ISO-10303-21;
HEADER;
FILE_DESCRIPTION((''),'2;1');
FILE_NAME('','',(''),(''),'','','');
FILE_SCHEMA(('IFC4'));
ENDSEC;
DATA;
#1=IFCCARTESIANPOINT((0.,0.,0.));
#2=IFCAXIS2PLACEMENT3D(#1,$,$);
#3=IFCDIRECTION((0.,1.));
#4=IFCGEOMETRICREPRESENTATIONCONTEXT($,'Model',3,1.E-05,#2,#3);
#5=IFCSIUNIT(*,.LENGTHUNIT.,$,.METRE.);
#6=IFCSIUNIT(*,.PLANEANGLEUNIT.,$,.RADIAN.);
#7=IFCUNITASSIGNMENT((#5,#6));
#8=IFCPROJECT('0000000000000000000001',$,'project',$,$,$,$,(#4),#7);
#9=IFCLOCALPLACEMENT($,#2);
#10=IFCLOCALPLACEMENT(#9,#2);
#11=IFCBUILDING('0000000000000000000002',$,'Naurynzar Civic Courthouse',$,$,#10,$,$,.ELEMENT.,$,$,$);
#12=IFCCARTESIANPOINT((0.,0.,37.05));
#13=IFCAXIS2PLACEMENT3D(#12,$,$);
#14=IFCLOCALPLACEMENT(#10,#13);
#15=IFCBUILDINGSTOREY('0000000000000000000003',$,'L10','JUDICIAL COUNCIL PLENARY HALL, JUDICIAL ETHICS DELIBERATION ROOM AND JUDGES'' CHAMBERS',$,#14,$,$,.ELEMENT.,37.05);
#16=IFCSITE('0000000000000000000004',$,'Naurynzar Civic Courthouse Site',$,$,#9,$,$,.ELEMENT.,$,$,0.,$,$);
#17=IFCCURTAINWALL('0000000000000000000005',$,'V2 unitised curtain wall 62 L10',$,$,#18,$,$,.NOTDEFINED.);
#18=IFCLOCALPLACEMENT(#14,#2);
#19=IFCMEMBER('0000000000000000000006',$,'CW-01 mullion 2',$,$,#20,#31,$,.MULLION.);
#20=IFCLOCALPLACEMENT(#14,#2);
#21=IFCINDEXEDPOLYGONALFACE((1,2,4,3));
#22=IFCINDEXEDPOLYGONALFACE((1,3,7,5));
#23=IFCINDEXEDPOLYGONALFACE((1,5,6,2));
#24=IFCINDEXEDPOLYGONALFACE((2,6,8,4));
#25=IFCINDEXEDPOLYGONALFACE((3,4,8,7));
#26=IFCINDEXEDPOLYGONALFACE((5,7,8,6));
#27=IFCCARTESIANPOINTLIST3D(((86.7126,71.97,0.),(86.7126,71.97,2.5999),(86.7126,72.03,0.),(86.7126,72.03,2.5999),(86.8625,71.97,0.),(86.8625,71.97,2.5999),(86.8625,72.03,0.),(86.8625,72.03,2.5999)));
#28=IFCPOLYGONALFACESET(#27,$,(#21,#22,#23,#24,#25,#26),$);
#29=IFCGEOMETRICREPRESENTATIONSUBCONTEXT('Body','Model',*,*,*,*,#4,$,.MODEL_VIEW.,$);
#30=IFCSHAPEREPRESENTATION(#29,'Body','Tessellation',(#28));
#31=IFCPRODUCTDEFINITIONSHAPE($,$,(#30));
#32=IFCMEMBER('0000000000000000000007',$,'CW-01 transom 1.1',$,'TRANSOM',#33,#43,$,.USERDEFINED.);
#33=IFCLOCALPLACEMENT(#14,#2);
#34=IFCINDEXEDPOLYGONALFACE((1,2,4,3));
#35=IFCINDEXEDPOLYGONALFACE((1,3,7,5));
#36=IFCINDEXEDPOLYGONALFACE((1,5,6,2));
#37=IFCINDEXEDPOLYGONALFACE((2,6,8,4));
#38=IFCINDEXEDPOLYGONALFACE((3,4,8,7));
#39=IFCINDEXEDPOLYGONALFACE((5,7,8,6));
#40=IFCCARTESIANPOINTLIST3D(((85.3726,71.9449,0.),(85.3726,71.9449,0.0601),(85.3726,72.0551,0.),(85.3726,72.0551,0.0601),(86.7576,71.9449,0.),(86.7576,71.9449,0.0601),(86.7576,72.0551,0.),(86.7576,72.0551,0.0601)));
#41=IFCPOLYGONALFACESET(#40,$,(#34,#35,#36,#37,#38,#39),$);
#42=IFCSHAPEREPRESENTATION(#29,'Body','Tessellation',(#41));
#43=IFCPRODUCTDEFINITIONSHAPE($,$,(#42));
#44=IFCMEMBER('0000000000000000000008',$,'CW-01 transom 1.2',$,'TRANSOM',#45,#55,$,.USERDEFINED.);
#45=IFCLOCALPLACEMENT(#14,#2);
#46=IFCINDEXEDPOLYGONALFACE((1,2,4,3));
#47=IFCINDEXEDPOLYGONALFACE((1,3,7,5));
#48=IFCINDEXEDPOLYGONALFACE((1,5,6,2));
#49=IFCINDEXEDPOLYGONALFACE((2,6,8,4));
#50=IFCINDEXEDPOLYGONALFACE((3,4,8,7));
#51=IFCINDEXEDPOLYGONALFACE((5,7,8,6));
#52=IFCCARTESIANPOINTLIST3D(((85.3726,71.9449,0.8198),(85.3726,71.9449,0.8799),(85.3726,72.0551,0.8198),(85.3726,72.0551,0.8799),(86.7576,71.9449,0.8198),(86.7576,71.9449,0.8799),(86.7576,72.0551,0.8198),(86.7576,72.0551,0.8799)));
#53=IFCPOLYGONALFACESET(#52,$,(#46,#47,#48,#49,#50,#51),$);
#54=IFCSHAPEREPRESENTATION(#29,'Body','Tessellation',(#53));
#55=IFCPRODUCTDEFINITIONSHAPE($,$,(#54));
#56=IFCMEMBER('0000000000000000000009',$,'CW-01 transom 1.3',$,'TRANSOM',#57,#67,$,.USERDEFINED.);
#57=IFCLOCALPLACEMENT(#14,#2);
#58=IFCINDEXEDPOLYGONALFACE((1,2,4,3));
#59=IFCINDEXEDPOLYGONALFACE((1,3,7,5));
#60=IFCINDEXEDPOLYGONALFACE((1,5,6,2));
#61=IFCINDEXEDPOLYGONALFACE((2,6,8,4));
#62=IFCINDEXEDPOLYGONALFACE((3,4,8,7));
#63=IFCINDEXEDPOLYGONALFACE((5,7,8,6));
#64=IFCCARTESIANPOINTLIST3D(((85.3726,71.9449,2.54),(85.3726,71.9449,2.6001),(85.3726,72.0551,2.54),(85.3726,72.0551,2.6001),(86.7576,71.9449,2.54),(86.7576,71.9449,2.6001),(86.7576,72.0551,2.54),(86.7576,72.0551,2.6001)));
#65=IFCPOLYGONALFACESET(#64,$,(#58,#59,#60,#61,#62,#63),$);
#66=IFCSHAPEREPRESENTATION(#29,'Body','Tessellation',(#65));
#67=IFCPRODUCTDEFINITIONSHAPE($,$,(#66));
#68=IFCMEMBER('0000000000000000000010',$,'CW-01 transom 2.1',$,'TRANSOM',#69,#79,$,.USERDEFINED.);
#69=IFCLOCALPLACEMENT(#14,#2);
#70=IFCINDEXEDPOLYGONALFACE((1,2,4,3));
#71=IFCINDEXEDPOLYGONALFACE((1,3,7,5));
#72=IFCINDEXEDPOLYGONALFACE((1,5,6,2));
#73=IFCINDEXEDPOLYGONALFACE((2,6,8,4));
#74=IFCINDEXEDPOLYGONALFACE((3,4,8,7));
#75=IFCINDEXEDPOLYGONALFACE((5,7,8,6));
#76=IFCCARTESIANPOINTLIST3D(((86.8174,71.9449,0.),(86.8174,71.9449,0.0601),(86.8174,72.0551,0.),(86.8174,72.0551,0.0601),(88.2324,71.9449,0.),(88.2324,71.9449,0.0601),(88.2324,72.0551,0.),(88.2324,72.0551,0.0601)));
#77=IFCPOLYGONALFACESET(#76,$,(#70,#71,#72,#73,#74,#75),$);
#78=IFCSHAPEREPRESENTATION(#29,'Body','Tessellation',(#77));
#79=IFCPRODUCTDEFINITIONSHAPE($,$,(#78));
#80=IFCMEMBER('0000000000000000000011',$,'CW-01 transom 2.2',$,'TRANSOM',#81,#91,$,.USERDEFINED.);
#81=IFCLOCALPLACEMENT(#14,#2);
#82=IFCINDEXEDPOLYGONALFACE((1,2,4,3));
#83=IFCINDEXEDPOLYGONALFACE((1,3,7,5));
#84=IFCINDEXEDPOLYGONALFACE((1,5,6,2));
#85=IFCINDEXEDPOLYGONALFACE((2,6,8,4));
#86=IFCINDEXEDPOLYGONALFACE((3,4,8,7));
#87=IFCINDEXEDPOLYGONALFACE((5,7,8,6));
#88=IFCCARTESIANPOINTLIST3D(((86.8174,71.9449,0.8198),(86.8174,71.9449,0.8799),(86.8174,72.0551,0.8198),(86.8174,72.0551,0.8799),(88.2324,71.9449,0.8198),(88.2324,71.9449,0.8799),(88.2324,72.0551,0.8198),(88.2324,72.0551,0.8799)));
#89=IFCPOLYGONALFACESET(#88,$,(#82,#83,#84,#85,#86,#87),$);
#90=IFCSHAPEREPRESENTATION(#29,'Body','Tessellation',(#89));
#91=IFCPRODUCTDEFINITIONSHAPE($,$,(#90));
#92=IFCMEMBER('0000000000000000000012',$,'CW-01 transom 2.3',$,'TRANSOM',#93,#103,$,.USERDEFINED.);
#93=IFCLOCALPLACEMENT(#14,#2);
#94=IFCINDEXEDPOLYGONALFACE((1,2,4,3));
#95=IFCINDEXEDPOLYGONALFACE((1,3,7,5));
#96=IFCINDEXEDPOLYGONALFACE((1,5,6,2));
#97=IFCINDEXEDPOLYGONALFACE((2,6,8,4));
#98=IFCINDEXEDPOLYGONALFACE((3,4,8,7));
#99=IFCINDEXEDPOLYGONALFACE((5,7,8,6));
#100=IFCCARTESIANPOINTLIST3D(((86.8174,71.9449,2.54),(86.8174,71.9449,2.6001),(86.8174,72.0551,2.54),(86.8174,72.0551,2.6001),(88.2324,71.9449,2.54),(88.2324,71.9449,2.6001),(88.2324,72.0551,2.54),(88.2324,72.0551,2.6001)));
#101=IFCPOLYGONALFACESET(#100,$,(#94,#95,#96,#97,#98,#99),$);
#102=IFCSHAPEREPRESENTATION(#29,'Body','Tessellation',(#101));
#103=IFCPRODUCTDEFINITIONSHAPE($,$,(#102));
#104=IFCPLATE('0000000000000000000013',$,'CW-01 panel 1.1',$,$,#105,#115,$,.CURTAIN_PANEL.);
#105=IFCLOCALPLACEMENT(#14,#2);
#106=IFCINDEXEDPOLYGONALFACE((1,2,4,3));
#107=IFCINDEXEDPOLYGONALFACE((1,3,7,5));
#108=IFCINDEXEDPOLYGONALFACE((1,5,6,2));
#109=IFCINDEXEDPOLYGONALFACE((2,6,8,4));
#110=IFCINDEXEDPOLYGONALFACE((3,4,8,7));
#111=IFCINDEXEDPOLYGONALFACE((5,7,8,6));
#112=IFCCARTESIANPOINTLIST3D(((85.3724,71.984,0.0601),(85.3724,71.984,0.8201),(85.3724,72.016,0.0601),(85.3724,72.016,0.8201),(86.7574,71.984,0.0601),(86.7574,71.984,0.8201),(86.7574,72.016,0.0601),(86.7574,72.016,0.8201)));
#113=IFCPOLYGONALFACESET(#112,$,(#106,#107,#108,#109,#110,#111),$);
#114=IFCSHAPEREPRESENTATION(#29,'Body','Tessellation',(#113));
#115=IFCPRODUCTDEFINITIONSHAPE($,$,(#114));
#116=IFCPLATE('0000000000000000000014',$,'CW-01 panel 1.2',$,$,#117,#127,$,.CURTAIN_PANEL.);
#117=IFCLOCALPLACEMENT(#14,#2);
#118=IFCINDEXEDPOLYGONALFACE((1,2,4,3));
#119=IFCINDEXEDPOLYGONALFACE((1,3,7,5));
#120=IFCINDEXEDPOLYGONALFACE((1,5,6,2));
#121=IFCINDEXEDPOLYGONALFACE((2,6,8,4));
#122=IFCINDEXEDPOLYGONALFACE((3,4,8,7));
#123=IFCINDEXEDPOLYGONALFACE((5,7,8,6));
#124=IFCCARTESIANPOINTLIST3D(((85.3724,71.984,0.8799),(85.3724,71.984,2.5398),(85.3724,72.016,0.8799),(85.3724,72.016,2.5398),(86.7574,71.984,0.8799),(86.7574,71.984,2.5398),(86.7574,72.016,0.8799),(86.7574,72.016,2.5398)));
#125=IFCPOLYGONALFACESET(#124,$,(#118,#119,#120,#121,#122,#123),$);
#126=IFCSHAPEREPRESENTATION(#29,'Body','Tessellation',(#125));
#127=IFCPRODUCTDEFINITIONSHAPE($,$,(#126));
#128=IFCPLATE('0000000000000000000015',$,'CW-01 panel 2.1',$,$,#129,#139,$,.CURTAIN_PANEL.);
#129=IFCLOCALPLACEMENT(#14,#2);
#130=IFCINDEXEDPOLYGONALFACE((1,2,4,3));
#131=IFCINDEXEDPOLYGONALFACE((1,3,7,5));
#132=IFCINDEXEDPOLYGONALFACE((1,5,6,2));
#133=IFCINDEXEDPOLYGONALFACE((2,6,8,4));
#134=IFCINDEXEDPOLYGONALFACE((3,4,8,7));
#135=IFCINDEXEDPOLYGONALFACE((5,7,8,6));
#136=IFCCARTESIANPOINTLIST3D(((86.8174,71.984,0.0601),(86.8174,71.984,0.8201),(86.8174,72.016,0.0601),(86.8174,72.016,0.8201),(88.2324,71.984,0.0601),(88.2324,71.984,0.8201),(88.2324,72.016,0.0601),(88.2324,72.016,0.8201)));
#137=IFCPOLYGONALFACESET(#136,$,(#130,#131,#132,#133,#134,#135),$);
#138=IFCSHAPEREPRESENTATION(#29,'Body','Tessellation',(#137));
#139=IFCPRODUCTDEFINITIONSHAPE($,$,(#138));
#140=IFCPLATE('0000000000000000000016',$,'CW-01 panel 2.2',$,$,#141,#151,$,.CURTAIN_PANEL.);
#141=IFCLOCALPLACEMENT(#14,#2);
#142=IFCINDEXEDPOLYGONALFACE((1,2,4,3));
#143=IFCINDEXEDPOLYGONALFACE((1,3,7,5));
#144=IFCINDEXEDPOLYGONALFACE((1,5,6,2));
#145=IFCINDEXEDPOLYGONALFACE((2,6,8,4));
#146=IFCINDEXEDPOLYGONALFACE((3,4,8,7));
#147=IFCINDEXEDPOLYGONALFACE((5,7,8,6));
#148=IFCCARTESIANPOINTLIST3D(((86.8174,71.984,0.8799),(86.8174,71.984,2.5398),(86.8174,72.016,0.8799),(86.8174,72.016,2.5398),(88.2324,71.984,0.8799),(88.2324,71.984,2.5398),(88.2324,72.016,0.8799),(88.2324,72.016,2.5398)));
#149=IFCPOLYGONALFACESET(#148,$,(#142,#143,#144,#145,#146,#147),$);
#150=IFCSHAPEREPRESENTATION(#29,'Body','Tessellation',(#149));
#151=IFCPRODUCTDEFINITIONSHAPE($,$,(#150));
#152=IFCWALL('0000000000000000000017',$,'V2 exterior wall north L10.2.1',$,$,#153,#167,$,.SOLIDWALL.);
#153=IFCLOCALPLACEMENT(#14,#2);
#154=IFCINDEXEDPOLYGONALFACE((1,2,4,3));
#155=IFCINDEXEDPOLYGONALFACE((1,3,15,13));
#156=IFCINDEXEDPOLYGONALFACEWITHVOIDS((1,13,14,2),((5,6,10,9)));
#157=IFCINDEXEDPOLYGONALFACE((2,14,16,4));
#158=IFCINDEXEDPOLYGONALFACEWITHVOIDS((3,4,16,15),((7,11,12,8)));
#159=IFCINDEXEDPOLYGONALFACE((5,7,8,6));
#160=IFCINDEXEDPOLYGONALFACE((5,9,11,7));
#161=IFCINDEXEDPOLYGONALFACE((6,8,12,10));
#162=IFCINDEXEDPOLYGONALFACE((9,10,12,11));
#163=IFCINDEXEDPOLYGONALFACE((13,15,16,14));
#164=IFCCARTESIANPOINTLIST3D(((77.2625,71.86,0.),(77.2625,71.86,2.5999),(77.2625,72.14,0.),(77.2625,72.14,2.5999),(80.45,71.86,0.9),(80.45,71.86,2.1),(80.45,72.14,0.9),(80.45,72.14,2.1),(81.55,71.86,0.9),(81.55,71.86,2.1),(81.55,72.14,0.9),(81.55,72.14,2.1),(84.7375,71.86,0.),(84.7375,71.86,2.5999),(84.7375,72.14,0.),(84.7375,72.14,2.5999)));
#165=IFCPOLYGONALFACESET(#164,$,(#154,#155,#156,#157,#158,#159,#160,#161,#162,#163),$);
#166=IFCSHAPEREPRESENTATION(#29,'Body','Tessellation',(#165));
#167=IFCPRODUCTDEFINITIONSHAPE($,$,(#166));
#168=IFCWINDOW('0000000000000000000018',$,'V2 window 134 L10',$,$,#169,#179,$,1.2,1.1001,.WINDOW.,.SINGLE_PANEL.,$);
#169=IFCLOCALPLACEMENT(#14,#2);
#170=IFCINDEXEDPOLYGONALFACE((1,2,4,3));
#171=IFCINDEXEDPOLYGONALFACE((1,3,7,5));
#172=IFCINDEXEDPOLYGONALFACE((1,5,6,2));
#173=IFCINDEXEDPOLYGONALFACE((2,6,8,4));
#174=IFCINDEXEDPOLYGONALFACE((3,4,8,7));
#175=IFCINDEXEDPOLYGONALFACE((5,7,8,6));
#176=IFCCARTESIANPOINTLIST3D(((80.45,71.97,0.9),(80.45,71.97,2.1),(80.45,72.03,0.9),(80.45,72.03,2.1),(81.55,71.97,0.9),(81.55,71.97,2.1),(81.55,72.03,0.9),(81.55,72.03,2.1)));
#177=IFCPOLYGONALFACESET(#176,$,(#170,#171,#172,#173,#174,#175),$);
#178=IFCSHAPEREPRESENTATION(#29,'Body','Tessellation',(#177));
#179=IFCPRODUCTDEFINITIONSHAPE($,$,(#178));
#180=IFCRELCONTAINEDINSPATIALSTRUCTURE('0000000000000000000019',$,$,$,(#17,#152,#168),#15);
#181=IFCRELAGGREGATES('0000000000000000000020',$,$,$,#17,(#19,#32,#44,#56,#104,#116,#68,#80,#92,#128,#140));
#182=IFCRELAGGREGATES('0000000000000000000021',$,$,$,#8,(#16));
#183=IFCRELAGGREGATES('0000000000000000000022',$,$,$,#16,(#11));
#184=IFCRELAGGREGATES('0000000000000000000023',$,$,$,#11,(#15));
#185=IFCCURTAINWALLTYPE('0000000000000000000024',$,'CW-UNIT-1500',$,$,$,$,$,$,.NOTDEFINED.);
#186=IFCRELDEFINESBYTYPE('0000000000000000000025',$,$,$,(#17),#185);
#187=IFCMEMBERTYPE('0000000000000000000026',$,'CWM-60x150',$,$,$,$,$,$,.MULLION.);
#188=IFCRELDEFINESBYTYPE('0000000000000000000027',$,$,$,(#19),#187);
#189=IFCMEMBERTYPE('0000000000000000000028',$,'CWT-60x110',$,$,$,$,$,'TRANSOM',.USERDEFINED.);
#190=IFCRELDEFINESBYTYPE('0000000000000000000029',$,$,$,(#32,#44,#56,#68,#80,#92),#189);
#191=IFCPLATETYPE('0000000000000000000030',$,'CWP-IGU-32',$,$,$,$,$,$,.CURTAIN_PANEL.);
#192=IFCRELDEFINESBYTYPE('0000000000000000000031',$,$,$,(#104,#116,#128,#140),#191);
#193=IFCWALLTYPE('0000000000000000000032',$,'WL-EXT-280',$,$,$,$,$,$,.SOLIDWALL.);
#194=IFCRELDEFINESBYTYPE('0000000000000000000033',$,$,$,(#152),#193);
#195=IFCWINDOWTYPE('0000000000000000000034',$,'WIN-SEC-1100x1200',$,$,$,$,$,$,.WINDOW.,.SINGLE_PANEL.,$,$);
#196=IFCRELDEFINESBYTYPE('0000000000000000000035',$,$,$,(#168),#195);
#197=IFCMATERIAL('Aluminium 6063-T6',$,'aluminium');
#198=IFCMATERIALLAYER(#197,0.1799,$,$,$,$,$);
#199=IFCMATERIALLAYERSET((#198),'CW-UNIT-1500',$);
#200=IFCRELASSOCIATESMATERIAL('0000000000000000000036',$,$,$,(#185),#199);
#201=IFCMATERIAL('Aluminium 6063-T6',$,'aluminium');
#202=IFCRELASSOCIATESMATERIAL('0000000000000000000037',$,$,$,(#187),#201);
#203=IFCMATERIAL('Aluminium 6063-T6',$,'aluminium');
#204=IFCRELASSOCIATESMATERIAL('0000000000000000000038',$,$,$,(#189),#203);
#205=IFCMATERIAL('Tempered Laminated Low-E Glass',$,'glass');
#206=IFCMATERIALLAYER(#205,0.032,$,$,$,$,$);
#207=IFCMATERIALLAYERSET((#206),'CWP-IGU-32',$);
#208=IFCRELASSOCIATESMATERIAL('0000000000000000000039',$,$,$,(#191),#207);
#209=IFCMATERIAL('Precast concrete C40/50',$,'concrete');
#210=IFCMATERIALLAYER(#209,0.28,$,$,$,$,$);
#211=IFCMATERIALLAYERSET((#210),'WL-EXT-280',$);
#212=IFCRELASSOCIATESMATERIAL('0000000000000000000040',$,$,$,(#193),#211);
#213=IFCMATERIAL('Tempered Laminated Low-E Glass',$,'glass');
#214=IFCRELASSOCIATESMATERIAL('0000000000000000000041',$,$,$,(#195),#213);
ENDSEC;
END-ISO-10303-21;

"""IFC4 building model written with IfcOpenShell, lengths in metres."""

from ifc_helpers import new_model, si_unit, direction, frame, frame_2d, origin, origin_2d, place, context, subcontext, project, spatial, rectangle, extrude, material, layer, layer_set, material_profile, profile_set, type_object, element, fill, aggregate, save


model = new_model("IFC4")

# Units and contexts
model_context = context("Model", 3, precision=1e-05, world=origin(), true_north=direction((0.0, 1.0)))
body_context = subcontext(model_context, "Body", "Model", "MODEL_VIEW")
ifc_project = project(units=[si_unit("LENGTHUNIT", "METRE"), si_unit("PLANEANGLEUNIT", "RADIAN")], contexts=[model_context])

# Site, building, storey
site_placement = place(None, origin())
site = spatial("IfcSite", under=ifc_project, at=site_placement, Name="Naurynzar Civic Courthouse Site", CompositionType="ELEMENT", RefElevation=0.0)
building_placement = place(site_placement, origin())
building = spatial("IfcBuilding", under=site, at=building_placement, Name="Naurynzar Civic Courthouse", CompositionType="ELEMENT")
storey_placement = place(building_placement, frame((0.0, 0.0, 37.05)))
storey = spatial("IfcBuildingStorey", under=building, at=storey_placement, Name="L10", Description="JUDICIAL COUNCIL PLENARY HALL, JUDICIAL ETHICS DELIBERATION ROOM AND JUDGES' CHAMBERS", CompositionType="ELEMENT", Elevation=37.05)

# Curtain wall, members, plates
ifc_material_1 = material(Name="Aluminium 6063-T6", Category="aluminium")
ifc_layer_1 = layer(ifc_material_1, 0.1799)
ifc_layer_set_1 = layer_set([ifc_layer_1], Name="CW-UNIT-1500")
curtain_wall_type = type_object("IfcCurtainWallType", Name="CW-UNIT-1500", PredefinedType="NOTDEFINED", material=ifc_layer_set_1)
curtain_wall_placement = place(storey_placement, origin())
curtain_wall = element("IfcCurtainWall", 1, at=curtain_wall_placement, inside=storey, type_object=curtain_wall_type, Name="V2 unitised curtain wall 62 L10", PredefinedType="NOTDEFINED")
ifc_material_2 = material(Name="Aluminium 6063-T6", Category="aluminium")
ifc_material_profile_1 = material_profile(ifc_material_2, rectangle(XDim=0.0601, YDim=0.1499, at=origin_2d()), Name="ALU MULLION 60x150")
ifc_profile_set_1 = profile_set([ifc_material_profile_1], Name="Aluminium 6063-T6")
member_type_1 = type_object("IfcMemberType", Name="CWM-60x150", PredefinedType="MULLION", material=ifc_profile_set_1)
member_1_placement = place(storey_placement, frame((86.7876, 72.0, 0.0), z_axis=(0.0, 0.0, 1.0), x_axis=(0.0, 1.0, 0.0)))
member_1 = element("IfcMember", 2, at=member_1_placement, type_object=member_type_1, Name="CW-01 mullion 2", PredefinedType="MULLION", context=body_context, shape_type="SweptSolid", body=[
    extrude(rectangle(XDim=0.0601, YDim=0.1499, at=origin_2d()), origin(), (0.0, 0.0, 1.0), 2.5999),
])
ifc_material_3 = material(Name="Aluminium 6063-T6", Category="aluminium")
ifc_material_profile_2 = material_profile(ifc_material_3, rectangle(XDim=0.1101, YDim=0.0601, at=origin_2d()), Name="ALU TRANSOM 60x110")
ifc_profile_set_2 = profile_set([ifc_material_profile_2], Name="Aluminium 6063-T6")
member_type_2 = type_object("IfcMemberType", Name="CWT-60x110", ElementType="TRANSOM", PredefinedType="USERDEFINED", material=ifc_profile_set_2)
member_2_placement = place(storey_placement, frame((85.3726, 72.0, 0.03), z_axis=(1.0, 0.0, 0.0), x_axis=(0.0, 1.0, 0.0)))
member_2 = element("IfcMember", 3, at=member_2_placement, type_object=member_type_2, Name="CW-01 transom 1.1", ObjectType="TRANSOM", PredefinedType="USERDEFINED", context=body_context, shape_type="SweptSolid", body=[
    extrude(rectangle(XDim=0.1101, YDim=0.0601, at=origin_2d()), origin(), (0.0, 0.0, 1.0), 1.385),
])
member_3_placement = place(storey_placement, frame((85.3726, 72.0, 0.8499), z_axis=(1.0, 0.0, 0.0), x_axis=(0.0, 1.0, 0.0)))
member_3 = element("IfcMember", 4, at=member_3_placement, type_object=member_type_2, Name="CW-01 transom 1.2", ObjectType="TRANSOM", PredefinedType="USERDEFINED", context=body_context, shape_type="SweptSolid", body=[
    extrude(rectangle(XDim=0.1101, YDim=0.0601, at=origin_2d()), origin(), (0.0, 0.0, 1.0), 1.385),
])
member_4_placement = place(storey_placement, frame((85.3726, 72.0, 2.5701), z_axis=(1.0, 0.0, 0.0), x_axis=(0.0, 1.0, 0.0)))
member_4 = element("IfcMember", 5, at=member_4_placement, type_object=member_type_2, Name="CW-01 transom 1.3", ObjectType="TRANSOM", PredefinedType="USERDEFINED", context=body_context, shape_type="SweptSolid", body=[
    extrude(rectangle(XDim=0.1101, YDim=0.0601, at=origin_2d()), origin(), (0.0, 0.0, 1.0), 1.385),
])
member_5_placement = place(storey_placement, frame((86.8174, 72.0, 0.03), z_axis=(1.0, 0.0, 0.0), x_axis=(0.0, 1.0, 0.0)))
member_5 = element("IfcMember", 6, at=member_5_placement, type_object=member_type_2, Name="CW-01 transom 2.1", ObjectType="TRANSOM", PredefinedType="USERDEFINED", context=body_context, shape_type="SweptSolid", body=[
    extrude(rectangle(XDim=0.1101, YDim=0.0601, at=origin_2d()), origin(), (0.0, 0.0, 1.0), 1.415),
])
member_6_placement = place(storey_placement, frame((86.8174, 72.0, 0.8499), z_axis=(1.0, 0.0, 0.0), x_axis=(0.0, 1.0, 0.0)))
member_6 = element("IfcMember", 7, at=member_6_placement, type_object=member_type_2, Name="CW-01 transom 2.2", ObjectType="TRANSOM", PredefinedType="USERDEFINED", context=body_context, shape_type="SweptSolid", body=[
    extrude(rectangle(XDim=0.1101, YDim=0.0601, at=origin_2d()), origin(), (0.0, 0.0, 1.0), 1.415),
])
member_7_placement = place(storey_placement, frame((86.8174, 72.0, 2.5701), z_axis=(1.0, 0.0, 0.0), x_axis=(0.0, 1.0, 0.0)))
member_7 = element("IfcMember", 8, at=member_7_placement, type_object=member_type_2, Name="CW-01 transom 2.3", ObjectType="TRANSOM", PredefinedType="USERDEFINED", context=body_context, shape_type="SweptSolid", body=[
    extrude(rectangle(XDim=0.1101, YDim=0.0601, at=origin_2d()), origin(), (0.0, 0.0, 1.0), 1.415),
])
ifc_material_4 = material(Name="Tempered Laminated Low-E Glass", Category="glass")
ifc_layer_2 = layer(ifc_material_4, 0.032)
ifc_layer_set_2 = layer_set([ifc_layer_2], Name="CWP-IGU-32")
plate_type = type_object("IfcPlateType", Name="CWP-IGU-32", PredefinedType="CURTAIN_PANEL", material=ifc_layer_set_2)
plate_1_placement = place(storey_placement, frame((86.0649, 72.0, 0.0601), z_axis=(0.0, 0.0, 1.0), x_axis=(1.0, 0.0, 0.0)))
plate_1 = element("IfcPlate", 9, at=plate_1_placement, type_object=plate_type, Name="CW-01 panel 1.1", PredefinedType="CURTAIN_PANEL", context=body_context, shape_type="SweptSolid", body=[
    extrude(rectangle(XDim=1.385, YDim=0.032, at=origin_2d()), origin(), (0.0, 0.0, 1.0), 0.76),
])
plate_2_placement = place(storey_placement, frame((86.0649, 72.0, 0.8799), z_axis=(0.0, 0.0, 1.0), x_axis=(1.0, 0.0, 0.0)))
plate_2 = element("IfcPlate", 10, at=plate_2_placement, type_object=plate_type, Name="CW-01 panel 1.2", PredefinedType="CURTAIN_PANEL", context=body_context, shape_type="SweptSolid", body=[
    extrude(rectangle(XDim=1.385, YDim=0.032, at=origin_2d()), origin(), (0.0, 0.0, 1.0), 1.6599),
])
plate_3_placement = place(storey_placement, frame((87.5249, 72.0, 0.0601), z_axis=(0.0, 0.0, 1.0), x_axis=(1.0, 0.0, 0.0)))
plate_3 = element("IfcPlate", 11, at=plate_3_placement, type_object=plate_type, Name="CW-01 panel 2.1", PredefinedType="CURTAIN_PANEL", context=body_context, shape_type="SweptSolid", body=[
    extrude(rectangle(XDim=1.415, YDim=0.032, at=origin_2d()), origin(), (0.0, 0.0, 1.0), 0.76),
])
plate_4_placement = place(storey_placement, frame((87.5249, 72.0, 0.8799), z_axis=(0.0, 0.0, 1.0), x_axis=(1.0, 0.0, 0.0)))
plate_4 = element("IfcPlate", 12, at=plate_4_placement, type_object=plate_type, Name="CW-01 panel 2.2", PredefinedType="CURTAIN_PANEL", context=body_context, shape_type="SweptSolid", body=[
    extrude(rectangle(XDim=1.415, YDim=0.032, at=origin_2d()), origin(), (0.0, 0.0, 1.0), 1.6599),
])
aggregate(curtain_wall, [member_1, member_2, member_3, member_4, plate_1, plate_2, member_5, member_6, member_7, plate_3, plate_4])

# Wall, opening, window
ifc_material_5 = material(Name="Precast concrete C40/50", Category="concrete")
ifc_layer_3 = layer(ifc_material_5, 0.28)
ifc_layer_set_3 = layer_set([ifc_layer_3], Name="WL-EXT-280")
wall_type_1 = type_object("IfcWallType", Name="WL-EXT-280", PredefinedType="SOLIDWALL", material=ifc_layer_set_3)
wall_1_placement = place(storey_placement, frame((77.2625, 72.0, 0.0), z_axis=(0.0, 0.0, 1.0), x_axis=(1.0, 0.0, 0.0)))
wall_1 = element("IfcWall", 13, at=wall_1_placement, inside=storey, type_object=wall_type_1, Name="V2 exterior wall north L10.2.1", PredefinedType="SOLIDWALL", context=body_context, shape_type="SweptSolid", body=[
    extrude(rectangle(XDim=7.4751, YDim=0.28, at=frame_2d((3.7375, 0.0))), origin(), (0.0, 0.0, 1.0), 2.5999),
])
opening_1_placement = place(wall_1_placement, frame((3.1875, 0.0, 0.8999)))
opening_1 = element("IfcOpeningElement", 14, at=opening_1_placement, cuts=wall_1, PredefinedType="OPENING", context=body_context, shape_type="SweptSolid", body=[
    extrude(rectangle(XDim=1.1001, YDim=1.2, at=frame_2d((0.55, 0.6001))), frame((0.0, 0.1499, 0.0), z_axis=(0.0, -1.0, 0.0), x_axis=(1.0, 0.0, 0.0)), (0.0, 0.0, 1.0), 0.3),
])
ifc_material_6 = material(Name="Tempered Laminated Low-E Glass", Category="glass")
window_type = type_object("IfcWindowType", Name="WIN-SEC-1100x1200", PartitioningType="SINGLE_PANEL", PredefinedType="WINDOW", material=ifc_material_6)
window_placement = place(opening_1_placement, origin())
window = element("IfcWindow", 15, at=window_placement, inside=storey, type_object=window_type, Name="V2 window 134 L10", OverallHeight=1.2, OverallWidth=1.1001, PartitioningType="SINGLE_PANEL", PredefinedType="WINDOW", context=body_context, shape_type="SweptSolid", body=[
    extrude(rectangle(XDim=1.1001, YDim=1.2, at=frame_2d((0.55, 0.6001))), frame((0.0, 0.03, 0.0), z_axis=(0.0, -1.0, 0.0), x_axis=(1.0, 0.0, 0.0)), (0.0, 0.0, 1.0), 0.0601),
])
fill(opening_1, window)

save(model, "model.ifc")
